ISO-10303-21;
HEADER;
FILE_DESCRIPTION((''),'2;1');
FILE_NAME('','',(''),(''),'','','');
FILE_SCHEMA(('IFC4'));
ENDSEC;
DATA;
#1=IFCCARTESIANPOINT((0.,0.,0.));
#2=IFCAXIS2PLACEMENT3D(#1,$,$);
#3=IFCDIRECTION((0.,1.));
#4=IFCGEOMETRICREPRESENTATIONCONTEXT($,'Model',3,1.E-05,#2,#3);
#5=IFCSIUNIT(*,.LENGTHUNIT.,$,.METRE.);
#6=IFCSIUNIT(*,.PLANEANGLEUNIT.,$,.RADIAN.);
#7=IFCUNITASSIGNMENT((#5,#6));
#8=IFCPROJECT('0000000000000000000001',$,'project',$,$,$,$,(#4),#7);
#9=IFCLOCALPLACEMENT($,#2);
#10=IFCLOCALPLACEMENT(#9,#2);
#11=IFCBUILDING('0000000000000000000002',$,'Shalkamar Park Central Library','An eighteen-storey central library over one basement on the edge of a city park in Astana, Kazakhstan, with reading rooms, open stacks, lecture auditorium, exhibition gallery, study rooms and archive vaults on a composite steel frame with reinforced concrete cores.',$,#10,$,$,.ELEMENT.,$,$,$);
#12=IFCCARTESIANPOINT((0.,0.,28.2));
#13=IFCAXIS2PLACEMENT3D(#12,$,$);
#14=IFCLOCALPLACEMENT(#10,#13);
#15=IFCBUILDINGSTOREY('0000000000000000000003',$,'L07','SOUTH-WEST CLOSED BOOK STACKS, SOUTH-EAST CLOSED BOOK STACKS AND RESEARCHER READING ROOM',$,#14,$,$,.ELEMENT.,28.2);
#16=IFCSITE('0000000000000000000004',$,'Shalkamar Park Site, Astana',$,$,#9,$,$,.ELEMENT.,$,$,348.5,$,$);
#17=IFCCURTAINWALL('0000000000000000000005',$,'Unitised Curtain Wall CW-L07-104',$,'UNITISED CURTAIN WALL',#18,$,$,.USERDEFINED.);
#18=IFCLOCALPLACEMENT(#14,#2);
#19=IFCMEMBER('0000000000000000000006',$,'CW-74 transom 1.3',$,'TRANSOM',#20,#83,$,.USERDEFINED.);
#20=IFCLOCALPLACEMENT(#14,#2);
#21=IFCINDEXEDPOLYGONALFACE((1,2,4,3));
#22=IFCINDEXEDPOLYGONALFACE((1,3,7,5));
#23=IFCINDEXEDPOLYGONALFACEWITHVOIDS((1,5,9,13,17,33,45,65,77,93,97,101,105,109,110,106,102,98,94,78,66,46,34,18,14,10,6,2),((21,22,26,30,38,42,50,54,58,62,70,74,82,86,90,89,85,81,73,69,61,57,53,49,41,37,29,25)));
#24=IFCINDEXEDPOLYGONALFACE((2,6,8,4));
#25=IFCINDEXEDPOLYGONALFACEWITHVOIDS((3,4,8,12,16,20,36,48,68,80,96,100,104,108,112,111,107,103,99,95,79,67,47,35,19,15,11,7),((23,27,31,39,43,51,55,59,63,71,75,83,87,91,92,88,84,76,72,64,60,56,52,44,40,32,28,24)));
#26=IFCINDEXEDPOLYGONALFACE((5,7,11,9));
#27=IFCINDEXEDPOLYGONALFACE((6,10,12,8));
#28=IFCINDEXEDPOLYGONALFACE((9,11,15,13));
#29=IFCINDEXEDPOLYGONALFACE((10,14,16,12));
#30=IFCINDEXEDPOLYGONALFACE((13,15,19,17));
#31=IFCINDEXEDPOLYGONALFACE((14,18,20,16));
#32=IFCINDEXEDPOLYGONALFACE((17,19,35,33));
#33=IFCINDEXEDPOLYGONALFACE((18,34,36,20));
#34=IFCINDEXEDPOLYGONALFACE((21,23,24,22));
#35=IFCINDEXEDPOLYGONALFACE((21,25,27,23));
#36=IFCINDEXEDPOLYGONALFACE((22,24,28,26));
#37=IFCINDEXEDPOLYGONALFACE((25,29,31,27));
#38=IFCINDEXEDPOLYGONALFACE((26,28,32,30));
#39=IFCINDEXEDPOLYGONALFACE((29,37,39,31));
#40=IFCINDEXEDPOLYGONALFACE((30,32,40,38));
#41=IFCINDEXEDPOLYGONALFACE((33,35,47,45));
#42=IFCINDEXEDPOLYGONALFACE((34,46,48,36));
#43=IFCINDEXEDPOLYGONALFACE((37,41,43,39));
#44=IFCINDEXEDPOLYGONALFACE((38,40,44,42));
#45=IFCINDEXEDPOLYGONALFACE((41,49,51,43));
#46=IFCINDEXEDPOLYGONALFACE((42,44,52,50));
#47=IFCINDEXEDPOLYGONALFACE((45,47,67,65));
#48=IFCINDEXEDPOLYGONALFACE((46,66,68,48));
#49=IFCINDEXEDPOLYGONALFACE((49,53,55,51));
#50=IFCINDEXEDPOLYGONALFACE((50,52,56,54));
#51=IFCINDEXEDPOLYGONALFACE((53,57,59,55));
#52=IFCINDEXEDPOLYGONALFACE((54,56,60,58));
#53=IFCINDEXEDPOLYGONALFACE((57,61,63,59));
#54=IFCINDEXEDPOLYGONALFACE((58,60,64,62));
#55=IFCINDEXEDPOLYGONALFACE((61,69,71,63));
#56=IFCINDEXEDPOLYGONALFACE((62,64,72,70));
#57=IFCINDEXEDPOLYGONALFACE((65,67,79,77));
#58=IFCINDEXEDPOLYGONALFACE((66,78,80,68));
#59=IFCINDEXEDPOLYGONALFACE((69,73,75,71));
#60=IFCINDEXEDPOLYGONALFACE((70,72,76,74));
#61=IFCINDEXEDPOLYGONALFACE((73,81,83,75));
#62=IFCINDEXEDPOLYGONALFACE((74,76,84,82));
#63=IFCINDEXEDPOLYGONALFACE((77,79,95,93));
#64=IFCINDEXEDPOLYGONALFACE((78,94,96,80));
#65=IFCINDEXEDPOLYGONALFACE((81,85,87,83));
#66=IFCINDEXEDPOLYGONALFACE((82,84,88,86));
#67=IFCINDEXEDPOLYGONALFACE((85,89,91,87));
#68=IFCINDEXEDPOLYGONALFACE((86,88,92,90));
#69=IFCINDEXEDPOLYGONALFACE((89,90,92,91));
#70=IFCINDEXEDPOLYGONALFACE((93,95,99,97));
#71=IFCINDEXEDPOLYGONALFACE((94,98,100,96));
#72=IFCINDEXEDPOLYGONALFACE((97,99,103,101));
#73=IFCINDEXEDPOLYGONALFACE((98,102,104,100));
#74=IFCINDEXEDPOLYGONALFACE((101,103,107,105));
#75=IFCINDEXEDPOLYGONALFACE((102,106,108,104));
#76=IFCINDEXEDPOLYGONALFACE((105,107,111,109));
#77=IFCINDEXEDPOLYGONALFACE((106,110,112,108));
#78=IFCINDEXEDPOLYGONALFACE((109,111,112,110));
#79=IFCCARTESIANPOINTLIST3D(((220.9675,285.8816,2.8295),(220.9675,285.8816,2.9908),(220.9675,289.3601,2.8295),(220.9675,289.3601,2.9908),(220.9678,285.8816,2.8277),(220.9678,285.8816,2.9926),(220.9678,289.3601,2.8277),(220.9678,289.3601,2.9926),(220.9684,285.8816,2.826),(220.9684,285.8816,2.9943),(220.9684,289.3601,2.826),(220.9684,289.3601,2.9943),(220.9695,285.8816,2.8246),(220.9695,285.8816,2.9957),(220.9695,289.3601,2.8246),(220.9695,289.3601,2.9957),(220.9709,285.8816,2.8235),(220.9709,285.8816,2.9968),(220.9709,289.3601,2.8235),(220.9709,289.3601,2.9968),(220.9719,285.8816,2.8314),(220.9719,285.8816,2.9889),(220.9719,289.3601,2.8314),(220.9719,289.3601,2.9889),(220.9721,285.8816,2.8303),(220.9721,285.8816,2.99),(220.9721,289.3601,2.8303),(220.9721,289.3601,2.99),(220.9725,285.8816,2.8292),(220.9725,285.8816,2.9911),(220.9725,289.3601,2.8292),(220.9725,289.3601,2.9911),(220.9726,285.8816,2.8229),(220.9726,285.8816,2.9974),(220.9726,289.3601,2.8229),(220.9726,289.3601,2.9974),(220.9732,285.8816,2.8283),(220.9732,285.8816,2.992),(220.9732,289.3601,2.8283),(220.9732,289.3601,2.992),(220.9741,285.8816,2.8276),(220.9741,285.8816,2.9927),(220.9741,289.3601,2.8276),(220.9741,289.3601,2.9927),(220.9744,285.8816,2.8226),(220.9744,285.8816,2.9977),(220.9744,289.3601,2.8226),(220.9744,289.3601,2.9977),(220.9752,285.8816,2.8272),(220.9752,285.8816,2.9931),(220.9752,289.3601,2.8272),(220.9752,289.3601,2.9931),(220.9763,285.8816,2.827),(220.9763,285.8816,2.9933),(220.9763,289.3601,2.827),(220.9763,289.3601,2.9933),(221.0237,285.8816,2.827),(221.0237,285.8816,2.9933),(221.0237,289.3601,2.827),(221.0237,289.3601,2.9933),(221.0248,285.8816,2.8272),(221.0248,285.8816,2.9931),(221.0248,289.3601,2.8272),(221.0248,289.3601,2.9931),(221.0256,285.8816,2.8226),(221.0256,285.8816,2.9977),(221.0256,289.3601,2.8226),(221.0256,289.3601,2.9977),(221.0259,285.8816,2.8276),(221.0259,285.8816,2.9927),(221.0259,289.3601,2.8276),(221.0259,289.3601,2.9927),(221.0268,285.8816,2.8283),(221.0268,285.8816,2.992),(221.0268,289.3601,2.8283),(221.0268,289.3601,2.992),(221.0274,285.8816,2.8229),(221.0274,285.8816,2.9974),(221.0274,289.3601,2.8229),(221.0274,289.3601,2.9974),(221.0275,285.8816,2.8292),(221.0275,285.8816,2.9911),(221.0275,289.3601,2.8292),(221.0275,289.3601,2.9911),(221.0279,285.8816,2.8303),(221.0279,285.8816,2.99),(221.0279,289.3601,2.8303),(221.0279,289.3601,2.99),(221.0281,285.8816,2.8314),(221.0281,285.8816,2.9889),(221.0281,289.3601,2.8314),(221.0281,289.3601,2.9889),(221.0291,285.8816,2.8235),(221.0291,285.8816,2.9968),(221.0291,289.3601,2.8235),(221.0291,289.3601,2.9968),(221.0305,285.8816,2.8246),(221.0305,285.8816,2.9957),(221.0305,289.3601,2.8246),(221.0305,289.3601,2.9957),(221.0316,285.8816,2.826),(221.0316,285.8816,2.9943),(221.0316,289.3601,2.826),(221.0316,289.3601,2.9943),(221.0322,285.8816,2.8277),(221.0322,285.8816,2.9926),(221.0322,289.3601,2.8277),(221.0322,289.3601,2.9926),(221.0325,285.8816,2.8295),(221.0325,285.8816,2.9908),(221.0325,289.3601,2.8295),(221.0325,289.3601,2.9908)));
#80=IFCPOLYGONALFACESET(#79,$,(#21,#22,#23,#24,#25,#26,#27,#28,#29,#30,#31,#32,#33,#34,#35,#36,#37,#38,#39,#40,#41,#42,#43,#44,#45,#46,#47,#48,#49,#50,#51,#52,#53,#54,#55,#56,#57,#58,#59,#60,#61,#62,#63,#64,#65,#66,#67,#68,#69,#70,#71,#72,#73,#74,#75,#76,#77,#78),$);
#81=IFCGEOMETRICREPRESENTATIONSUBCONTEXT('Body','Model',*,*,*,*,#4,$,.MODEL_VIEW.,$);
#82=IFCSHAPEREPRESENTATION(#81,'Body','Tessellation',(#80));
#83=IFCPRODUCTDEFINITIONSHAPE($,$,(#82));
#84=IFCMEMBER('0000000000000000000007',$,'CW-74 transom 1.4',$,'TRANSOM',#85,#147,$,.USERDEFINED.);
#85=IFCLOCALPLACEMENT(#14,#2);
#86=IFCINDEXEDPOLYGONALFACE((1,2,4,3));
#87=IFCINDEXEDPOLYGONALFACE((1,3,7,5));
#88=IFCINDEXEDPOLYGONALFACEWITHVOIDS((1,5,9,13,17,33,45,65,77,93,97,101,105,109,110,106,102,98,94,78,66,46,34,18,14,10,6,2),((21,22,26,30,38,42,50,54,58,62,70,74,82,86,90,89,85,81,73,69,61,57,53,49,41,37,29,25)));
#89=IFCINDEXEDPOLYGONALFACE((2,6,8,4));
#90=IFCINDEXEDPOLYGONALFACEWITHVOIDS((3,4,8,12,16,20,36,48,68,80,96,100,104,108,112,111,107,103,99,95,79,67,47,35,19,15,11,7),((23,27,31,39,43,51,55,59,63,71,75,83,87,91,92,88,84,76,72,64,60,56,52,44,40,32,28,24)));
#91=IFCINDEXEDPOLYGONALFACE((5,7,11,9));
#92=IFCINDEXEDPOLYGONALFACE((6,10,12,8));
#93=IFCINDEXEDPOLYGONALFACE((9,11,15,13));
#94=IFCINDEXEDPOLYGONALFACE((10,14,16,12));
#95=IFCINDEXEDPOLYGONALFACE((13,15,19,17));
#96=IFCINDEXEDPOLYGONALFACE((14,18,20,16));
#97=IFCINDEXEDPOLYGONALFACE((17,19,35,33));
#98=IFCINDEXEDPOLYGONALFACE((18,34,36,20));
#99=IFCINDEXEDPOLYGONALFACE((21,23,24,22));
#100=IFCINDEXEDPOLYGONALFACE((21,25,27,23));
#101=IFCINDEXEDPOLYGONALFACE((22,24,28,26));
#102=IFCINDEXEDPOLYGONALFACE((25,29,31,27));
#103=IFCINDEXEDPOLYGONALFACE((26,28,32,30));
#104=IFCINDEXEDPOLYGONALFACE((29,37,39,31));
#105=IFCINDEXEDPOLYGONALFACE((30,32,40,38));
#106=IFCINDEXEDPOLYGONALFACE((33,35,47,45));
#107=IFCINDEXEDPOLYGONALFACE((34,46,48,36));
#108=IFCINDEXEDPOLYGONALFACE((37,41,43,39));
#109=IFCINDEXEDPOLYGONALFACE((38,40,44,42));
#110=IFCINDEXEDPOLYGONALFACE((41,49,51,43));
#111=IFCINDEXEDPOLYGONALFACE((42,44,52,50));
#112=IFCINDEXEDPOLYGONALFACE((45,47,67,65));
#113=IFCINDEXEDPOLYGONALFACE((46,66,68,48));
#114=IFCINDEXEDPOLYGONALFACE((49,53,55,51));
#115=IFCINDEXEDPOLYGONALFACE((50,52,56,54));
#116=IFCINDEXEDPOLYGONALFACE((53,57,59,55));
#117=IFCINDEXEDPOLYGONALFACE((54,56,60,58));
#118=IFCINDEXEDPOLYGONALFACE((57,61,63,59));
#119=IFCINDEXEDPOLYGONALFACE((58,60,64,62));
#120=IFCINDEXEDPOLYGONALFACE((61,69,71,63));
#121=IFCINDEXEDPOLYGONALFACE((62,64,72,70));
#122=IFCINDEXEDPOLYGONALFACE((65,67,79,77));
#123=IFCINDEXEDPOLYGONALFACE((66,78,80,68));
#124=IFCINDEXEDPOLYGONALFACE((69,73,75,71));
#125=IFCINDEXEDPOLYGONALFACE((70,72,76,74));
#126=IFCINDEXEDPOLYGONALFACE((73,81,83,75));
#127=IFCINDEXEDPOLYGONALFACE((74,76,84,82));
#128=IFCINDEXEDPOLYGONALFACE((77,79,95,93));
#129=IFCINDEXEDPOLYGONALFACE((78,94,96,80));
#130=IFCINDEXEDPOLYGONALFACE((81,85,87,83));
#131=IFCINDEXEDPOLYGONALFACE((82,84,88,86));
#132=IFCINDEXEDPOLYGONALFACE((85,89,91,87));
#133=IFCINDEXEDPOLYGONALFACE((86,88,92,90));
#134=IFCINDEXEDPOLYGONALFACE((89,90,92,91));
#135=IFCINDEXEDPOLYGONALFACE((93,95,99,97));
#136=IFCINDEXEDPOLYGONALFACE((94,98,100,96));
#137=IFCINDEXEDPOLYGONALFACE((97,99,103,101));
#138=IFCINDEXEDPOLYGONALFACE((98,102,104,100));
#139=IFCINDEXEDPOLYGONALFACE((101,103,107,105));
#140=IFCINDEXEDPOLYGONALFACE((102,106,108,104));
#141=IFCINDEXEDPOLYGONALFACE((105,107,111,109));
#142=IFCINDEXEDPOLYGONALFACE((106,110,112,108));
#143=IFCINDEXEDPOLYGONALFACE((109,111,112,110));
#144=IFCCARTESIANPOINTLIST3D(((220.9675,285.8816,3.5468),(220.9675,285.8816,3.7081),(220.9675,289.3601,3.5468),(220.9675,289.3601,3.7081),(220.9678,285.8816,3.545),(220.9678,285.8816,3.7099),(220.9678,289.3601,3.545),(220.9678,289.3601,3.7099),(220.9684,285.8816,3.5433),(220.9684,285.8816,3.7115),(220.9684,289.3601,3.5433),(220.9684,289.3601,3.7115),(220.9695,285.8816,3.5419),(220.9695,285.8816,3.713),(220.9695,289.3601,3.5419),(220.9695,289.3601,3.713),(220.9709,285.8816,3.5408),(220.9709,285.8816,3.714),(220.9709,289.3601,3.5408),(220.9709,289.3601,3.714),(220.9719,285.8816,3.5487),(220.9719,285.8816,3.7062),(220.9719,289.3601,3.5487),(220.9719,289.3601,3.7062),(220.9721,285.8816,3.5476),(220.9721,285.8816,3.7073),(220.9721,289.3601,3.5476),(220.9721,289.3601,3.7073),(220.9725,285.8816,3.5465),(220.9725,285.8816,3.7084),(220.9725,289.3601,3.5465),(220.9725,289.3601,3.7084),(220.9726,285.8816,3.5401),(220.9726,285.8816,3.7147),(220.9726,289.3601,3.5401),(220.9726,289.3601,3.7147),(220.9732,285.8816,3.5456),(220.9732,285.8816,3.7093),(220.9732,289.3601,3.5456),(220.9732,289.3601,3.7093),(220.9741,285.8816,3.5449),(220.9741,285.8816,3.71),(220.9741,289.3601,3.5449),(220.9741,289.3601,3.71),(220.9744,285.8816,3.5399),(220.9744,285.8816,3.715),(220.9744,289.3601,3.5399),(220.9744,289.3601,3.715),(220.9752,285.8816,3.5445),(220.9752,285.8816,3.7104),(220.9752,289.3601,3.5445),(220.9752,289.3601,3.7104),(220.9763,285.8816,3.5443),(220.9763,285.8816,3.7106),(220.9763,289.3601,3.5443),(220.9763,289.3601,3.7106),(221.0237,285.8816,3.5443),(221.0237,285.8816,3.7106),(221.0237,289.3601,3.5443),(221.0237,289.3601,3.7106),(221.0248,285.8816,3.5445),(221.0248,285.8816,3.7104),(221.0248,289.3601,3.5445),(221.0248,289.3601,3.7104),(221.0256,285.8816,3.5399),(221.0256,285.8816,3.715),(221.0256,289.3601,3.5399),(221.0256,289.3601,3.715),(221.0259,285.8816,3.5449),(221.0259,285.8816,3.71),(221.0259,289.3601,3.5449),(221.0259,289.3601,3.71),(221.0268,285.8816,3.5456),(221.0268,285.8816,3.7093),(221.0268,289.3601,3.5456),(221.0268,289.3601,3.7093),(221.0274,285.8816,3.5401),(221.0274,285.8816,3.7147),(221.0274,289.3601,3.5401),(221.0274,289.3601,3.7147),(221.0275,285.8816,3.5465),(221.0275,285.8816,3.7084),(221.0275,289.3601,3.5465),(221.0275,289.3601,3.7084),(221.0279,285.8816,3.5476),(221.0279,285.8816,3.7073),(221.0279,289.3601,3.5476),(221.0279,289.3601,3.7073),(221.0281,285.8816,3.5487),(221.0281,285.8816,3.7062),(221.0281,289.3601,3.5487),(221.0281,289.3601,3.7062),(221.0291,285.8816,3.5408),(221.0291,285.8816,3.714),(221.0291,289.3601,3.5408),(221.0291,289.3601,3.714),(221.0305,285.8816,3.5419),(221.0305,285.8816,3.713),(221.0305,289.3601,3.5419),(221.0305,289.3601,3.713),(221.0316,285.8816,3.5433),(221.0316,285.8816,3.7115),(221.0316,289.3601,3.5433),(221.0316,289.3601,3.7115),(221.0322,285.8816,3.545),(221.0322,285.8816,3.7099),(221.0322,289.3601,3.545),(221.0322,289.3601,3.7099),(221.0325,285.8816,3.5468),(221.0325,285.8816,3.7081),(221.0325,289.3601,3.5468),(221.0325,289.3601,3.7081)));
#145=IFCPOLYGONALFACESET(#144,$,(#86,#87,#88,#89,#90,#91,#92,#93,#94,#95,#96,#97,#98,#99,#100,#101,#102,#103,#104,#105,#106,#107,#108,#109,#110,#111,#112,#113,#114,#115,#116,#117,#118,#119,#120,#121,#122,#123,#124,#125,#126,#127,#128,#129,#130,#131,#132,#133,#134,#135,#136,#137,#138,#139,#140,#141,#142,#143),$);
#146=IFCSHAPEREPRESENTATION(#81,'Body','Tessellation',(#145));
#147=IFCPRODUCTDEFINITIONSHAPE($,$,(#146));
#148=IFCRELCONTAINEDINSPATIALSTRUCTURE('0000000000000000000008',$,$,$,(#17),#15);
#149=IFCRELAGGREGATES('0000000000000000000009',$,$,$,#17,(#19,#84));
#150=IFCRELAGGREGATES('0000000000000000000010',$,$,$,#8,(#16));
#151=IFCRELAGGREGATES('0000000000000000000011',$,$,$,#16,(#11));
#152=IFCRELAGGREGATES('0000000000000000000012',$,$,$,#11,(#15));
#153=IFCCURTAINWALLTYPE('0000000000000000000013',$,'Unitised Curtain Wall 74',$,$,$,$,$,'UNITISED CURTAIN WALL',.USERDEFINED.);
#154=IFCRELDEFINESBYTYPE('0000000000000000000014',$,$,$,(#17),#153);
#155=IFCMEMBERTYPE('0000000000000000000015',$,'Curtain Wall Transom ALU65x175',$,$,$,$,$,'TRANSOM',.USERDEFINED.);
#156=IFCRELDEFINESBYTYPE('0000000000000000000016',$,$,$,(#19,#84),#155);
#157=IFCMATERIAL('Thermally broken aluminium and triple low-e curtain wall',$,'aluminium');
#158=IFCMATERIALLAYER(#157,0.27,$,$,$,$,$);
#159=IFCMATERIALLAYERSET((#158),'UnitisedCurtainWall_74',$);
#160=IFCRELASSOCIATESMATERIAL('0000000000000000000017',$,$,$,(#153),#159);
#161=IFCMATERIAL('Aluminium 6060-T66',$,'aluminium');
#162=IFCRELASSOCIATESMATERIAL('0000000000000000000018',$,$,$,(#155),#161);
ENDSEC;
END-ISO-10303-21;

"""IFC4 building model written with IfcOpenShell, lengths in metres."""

from ifc_helpers import new_model, si_unit, direction, frame, origin, origin_2d, place, context, subcontext, project, spatial, hollow_rectangle, extrude, material, layer, layer_set, material_profile, profile_set, type_object, element, aggregate, save


model = new_model("IFC4")

# Units and contexts
model_context = context("Model", 3, precision=1e-05, world=origin(), true_north=direction((0.0, 1.0)))
body_context = subcontext(model_context, "Body", "Model", "MODEL_VIEW")
ifc_project = project(units=[si_unit("LENGTHUNIT", "METRE"), si_unit("PLANEANGLEUNIT", "RADIAN")], contexts=[model_context])

# Site, building, storey
site_placement = place(None, origin())
site = spatial("IfcSite", under=ifc_project, at=site_placement, Name="Shalkamar Park Site, Astana", CompositionType="ELEMENT", RefElevation=348.5)
building_placement = place(site_placement, origin())
building = spatial("IfcBuilding", under=site, at=building_placement, Name="Shalkamar Park Central Library", Description="An eighteen-storey central library over one basement on the edge of a city park in Astana, Kazakhstan, with reading rooms, open stacks, lecture auditorium, exhibition gallery, study rooms and archive vaults on a composite steel frame with reinforced concrete cores.", CompositionType="ELEMENT")
storey_placement = place(building_placement, frame((0.0, 0.0, 28.2)))
storey = spatial("IfcBuildingStorey", under=building, at=storey_placement, Name="L07", Description="SOUTH-WEST CLOSED BOOK STACKS, SOUTH-EAST CLOSED BOOK STACKS AND RESEARCHER READING ROOM", CompositionType="ELEMENT", Elevation=28.2)

# Curtain wall, members
ifc_material_1 = material(Name="Thermally broken aluminium and triple low-e curtain wall", Category="aluminium")
ifc_layer_1 = layer(ifc_material_1, 0.27)
ifc_layer_set_1 = layer_set([ifc_layer_1], Name="UnitisedCurtainWall_74")
curtain_wall_type = type_object("IfcCurtainWallType", Name="Unitised Curtain Wall 74", ElementType="UNITISED CURTAIN WALL", PredefinedType="USERDEFINED", material=ifc_layer_set_1)
curtain_wall_placement = place(storey_placement, origin())
curtain_wall = element("IfcCurtainWall", 1, at=curtain_wall_placement, inside=storey, type_object=curtain_wall_type, Name="Unitised Curtain Wall CW-L07-104", ObjectType="UNITISED CURTAIN WALL", PredefinedType="USERDEFINED")
ifc_material_2 = material(Name="Aluminium 6060-T66", Category="aluminium")
ifc_material_profile_1 = material_profile(ifc_material_2, hollow_rectangle(XDim=0.0649, YDim=0.175, WallThickness=0.0044, InnerFilletRadius=0.0044, OuterFilletRadius=0.0068, at=origin_2d()), Name="ALU 65x175x4.5")
ifc_profile_set_1 = profile_set([ifc_material_profile_1], Name="Aluminium 6060-T66")
member_type_1 = type_object("IfcMemberType", Name="Curtain Wall Transom ALU65x175", ElementType="TRANSOM", PredefinedType="USERDEFINED", material=ifc_profile_set_1)
member_1_placement = place(storey_placement, frame((221.0, 285.8816, 2.9102), z_axis=(0.0, 1.0, 0.0), x_axis=(-1.0, 0.0, 0.0)))
member_1 = element("IfcMember", 2, at=member_1_placement, type_object=member_type_1, Name="CW-74 transom 1.3", ObjectType="TRANSOM", PredefinedType="USERDEFINED", context=body_context, shape_type="SweptSolid", body=[
    extrude(hollow_rectangle(XDim=0.0649, YDim=0.175, WallThickness=0.0044, InnerFilletRadius=0.0044, OuterFilletRadius=0.0068, at=origin_2d()), origin(), (0.0, 0.0, 1.0), 3.4785),
])
member_2_placement = place(storey_placement, frame((221.0, 285.8816, 3.6274), z_axis=(0.0, 1.0, 0.0), x_axis=(-1.0, 0.0, 0.0)))
member_2 = element("IfcMember", 3, at=member_2_placement, type_object=member_type_1, Name="CW-74 transom 1.4", ObjectType="TRANSOM", PredefinedType="USERDEFINED", context=body_context, shape_type="SweptSolid", body=[
    extrude(hollow_rectangle(XDim=0.0649, YDim=0.175, WallThickness=0.0044, InnerFilletRadius=0.0044, OuterFilletRadius=0.0068, at=origin_2d()), origin(), (0.0, 0.0, 1.0), 3.4785),
])

aggregate(curtain_wall, [member_1, member_2])

save(model, "model.ifc")
